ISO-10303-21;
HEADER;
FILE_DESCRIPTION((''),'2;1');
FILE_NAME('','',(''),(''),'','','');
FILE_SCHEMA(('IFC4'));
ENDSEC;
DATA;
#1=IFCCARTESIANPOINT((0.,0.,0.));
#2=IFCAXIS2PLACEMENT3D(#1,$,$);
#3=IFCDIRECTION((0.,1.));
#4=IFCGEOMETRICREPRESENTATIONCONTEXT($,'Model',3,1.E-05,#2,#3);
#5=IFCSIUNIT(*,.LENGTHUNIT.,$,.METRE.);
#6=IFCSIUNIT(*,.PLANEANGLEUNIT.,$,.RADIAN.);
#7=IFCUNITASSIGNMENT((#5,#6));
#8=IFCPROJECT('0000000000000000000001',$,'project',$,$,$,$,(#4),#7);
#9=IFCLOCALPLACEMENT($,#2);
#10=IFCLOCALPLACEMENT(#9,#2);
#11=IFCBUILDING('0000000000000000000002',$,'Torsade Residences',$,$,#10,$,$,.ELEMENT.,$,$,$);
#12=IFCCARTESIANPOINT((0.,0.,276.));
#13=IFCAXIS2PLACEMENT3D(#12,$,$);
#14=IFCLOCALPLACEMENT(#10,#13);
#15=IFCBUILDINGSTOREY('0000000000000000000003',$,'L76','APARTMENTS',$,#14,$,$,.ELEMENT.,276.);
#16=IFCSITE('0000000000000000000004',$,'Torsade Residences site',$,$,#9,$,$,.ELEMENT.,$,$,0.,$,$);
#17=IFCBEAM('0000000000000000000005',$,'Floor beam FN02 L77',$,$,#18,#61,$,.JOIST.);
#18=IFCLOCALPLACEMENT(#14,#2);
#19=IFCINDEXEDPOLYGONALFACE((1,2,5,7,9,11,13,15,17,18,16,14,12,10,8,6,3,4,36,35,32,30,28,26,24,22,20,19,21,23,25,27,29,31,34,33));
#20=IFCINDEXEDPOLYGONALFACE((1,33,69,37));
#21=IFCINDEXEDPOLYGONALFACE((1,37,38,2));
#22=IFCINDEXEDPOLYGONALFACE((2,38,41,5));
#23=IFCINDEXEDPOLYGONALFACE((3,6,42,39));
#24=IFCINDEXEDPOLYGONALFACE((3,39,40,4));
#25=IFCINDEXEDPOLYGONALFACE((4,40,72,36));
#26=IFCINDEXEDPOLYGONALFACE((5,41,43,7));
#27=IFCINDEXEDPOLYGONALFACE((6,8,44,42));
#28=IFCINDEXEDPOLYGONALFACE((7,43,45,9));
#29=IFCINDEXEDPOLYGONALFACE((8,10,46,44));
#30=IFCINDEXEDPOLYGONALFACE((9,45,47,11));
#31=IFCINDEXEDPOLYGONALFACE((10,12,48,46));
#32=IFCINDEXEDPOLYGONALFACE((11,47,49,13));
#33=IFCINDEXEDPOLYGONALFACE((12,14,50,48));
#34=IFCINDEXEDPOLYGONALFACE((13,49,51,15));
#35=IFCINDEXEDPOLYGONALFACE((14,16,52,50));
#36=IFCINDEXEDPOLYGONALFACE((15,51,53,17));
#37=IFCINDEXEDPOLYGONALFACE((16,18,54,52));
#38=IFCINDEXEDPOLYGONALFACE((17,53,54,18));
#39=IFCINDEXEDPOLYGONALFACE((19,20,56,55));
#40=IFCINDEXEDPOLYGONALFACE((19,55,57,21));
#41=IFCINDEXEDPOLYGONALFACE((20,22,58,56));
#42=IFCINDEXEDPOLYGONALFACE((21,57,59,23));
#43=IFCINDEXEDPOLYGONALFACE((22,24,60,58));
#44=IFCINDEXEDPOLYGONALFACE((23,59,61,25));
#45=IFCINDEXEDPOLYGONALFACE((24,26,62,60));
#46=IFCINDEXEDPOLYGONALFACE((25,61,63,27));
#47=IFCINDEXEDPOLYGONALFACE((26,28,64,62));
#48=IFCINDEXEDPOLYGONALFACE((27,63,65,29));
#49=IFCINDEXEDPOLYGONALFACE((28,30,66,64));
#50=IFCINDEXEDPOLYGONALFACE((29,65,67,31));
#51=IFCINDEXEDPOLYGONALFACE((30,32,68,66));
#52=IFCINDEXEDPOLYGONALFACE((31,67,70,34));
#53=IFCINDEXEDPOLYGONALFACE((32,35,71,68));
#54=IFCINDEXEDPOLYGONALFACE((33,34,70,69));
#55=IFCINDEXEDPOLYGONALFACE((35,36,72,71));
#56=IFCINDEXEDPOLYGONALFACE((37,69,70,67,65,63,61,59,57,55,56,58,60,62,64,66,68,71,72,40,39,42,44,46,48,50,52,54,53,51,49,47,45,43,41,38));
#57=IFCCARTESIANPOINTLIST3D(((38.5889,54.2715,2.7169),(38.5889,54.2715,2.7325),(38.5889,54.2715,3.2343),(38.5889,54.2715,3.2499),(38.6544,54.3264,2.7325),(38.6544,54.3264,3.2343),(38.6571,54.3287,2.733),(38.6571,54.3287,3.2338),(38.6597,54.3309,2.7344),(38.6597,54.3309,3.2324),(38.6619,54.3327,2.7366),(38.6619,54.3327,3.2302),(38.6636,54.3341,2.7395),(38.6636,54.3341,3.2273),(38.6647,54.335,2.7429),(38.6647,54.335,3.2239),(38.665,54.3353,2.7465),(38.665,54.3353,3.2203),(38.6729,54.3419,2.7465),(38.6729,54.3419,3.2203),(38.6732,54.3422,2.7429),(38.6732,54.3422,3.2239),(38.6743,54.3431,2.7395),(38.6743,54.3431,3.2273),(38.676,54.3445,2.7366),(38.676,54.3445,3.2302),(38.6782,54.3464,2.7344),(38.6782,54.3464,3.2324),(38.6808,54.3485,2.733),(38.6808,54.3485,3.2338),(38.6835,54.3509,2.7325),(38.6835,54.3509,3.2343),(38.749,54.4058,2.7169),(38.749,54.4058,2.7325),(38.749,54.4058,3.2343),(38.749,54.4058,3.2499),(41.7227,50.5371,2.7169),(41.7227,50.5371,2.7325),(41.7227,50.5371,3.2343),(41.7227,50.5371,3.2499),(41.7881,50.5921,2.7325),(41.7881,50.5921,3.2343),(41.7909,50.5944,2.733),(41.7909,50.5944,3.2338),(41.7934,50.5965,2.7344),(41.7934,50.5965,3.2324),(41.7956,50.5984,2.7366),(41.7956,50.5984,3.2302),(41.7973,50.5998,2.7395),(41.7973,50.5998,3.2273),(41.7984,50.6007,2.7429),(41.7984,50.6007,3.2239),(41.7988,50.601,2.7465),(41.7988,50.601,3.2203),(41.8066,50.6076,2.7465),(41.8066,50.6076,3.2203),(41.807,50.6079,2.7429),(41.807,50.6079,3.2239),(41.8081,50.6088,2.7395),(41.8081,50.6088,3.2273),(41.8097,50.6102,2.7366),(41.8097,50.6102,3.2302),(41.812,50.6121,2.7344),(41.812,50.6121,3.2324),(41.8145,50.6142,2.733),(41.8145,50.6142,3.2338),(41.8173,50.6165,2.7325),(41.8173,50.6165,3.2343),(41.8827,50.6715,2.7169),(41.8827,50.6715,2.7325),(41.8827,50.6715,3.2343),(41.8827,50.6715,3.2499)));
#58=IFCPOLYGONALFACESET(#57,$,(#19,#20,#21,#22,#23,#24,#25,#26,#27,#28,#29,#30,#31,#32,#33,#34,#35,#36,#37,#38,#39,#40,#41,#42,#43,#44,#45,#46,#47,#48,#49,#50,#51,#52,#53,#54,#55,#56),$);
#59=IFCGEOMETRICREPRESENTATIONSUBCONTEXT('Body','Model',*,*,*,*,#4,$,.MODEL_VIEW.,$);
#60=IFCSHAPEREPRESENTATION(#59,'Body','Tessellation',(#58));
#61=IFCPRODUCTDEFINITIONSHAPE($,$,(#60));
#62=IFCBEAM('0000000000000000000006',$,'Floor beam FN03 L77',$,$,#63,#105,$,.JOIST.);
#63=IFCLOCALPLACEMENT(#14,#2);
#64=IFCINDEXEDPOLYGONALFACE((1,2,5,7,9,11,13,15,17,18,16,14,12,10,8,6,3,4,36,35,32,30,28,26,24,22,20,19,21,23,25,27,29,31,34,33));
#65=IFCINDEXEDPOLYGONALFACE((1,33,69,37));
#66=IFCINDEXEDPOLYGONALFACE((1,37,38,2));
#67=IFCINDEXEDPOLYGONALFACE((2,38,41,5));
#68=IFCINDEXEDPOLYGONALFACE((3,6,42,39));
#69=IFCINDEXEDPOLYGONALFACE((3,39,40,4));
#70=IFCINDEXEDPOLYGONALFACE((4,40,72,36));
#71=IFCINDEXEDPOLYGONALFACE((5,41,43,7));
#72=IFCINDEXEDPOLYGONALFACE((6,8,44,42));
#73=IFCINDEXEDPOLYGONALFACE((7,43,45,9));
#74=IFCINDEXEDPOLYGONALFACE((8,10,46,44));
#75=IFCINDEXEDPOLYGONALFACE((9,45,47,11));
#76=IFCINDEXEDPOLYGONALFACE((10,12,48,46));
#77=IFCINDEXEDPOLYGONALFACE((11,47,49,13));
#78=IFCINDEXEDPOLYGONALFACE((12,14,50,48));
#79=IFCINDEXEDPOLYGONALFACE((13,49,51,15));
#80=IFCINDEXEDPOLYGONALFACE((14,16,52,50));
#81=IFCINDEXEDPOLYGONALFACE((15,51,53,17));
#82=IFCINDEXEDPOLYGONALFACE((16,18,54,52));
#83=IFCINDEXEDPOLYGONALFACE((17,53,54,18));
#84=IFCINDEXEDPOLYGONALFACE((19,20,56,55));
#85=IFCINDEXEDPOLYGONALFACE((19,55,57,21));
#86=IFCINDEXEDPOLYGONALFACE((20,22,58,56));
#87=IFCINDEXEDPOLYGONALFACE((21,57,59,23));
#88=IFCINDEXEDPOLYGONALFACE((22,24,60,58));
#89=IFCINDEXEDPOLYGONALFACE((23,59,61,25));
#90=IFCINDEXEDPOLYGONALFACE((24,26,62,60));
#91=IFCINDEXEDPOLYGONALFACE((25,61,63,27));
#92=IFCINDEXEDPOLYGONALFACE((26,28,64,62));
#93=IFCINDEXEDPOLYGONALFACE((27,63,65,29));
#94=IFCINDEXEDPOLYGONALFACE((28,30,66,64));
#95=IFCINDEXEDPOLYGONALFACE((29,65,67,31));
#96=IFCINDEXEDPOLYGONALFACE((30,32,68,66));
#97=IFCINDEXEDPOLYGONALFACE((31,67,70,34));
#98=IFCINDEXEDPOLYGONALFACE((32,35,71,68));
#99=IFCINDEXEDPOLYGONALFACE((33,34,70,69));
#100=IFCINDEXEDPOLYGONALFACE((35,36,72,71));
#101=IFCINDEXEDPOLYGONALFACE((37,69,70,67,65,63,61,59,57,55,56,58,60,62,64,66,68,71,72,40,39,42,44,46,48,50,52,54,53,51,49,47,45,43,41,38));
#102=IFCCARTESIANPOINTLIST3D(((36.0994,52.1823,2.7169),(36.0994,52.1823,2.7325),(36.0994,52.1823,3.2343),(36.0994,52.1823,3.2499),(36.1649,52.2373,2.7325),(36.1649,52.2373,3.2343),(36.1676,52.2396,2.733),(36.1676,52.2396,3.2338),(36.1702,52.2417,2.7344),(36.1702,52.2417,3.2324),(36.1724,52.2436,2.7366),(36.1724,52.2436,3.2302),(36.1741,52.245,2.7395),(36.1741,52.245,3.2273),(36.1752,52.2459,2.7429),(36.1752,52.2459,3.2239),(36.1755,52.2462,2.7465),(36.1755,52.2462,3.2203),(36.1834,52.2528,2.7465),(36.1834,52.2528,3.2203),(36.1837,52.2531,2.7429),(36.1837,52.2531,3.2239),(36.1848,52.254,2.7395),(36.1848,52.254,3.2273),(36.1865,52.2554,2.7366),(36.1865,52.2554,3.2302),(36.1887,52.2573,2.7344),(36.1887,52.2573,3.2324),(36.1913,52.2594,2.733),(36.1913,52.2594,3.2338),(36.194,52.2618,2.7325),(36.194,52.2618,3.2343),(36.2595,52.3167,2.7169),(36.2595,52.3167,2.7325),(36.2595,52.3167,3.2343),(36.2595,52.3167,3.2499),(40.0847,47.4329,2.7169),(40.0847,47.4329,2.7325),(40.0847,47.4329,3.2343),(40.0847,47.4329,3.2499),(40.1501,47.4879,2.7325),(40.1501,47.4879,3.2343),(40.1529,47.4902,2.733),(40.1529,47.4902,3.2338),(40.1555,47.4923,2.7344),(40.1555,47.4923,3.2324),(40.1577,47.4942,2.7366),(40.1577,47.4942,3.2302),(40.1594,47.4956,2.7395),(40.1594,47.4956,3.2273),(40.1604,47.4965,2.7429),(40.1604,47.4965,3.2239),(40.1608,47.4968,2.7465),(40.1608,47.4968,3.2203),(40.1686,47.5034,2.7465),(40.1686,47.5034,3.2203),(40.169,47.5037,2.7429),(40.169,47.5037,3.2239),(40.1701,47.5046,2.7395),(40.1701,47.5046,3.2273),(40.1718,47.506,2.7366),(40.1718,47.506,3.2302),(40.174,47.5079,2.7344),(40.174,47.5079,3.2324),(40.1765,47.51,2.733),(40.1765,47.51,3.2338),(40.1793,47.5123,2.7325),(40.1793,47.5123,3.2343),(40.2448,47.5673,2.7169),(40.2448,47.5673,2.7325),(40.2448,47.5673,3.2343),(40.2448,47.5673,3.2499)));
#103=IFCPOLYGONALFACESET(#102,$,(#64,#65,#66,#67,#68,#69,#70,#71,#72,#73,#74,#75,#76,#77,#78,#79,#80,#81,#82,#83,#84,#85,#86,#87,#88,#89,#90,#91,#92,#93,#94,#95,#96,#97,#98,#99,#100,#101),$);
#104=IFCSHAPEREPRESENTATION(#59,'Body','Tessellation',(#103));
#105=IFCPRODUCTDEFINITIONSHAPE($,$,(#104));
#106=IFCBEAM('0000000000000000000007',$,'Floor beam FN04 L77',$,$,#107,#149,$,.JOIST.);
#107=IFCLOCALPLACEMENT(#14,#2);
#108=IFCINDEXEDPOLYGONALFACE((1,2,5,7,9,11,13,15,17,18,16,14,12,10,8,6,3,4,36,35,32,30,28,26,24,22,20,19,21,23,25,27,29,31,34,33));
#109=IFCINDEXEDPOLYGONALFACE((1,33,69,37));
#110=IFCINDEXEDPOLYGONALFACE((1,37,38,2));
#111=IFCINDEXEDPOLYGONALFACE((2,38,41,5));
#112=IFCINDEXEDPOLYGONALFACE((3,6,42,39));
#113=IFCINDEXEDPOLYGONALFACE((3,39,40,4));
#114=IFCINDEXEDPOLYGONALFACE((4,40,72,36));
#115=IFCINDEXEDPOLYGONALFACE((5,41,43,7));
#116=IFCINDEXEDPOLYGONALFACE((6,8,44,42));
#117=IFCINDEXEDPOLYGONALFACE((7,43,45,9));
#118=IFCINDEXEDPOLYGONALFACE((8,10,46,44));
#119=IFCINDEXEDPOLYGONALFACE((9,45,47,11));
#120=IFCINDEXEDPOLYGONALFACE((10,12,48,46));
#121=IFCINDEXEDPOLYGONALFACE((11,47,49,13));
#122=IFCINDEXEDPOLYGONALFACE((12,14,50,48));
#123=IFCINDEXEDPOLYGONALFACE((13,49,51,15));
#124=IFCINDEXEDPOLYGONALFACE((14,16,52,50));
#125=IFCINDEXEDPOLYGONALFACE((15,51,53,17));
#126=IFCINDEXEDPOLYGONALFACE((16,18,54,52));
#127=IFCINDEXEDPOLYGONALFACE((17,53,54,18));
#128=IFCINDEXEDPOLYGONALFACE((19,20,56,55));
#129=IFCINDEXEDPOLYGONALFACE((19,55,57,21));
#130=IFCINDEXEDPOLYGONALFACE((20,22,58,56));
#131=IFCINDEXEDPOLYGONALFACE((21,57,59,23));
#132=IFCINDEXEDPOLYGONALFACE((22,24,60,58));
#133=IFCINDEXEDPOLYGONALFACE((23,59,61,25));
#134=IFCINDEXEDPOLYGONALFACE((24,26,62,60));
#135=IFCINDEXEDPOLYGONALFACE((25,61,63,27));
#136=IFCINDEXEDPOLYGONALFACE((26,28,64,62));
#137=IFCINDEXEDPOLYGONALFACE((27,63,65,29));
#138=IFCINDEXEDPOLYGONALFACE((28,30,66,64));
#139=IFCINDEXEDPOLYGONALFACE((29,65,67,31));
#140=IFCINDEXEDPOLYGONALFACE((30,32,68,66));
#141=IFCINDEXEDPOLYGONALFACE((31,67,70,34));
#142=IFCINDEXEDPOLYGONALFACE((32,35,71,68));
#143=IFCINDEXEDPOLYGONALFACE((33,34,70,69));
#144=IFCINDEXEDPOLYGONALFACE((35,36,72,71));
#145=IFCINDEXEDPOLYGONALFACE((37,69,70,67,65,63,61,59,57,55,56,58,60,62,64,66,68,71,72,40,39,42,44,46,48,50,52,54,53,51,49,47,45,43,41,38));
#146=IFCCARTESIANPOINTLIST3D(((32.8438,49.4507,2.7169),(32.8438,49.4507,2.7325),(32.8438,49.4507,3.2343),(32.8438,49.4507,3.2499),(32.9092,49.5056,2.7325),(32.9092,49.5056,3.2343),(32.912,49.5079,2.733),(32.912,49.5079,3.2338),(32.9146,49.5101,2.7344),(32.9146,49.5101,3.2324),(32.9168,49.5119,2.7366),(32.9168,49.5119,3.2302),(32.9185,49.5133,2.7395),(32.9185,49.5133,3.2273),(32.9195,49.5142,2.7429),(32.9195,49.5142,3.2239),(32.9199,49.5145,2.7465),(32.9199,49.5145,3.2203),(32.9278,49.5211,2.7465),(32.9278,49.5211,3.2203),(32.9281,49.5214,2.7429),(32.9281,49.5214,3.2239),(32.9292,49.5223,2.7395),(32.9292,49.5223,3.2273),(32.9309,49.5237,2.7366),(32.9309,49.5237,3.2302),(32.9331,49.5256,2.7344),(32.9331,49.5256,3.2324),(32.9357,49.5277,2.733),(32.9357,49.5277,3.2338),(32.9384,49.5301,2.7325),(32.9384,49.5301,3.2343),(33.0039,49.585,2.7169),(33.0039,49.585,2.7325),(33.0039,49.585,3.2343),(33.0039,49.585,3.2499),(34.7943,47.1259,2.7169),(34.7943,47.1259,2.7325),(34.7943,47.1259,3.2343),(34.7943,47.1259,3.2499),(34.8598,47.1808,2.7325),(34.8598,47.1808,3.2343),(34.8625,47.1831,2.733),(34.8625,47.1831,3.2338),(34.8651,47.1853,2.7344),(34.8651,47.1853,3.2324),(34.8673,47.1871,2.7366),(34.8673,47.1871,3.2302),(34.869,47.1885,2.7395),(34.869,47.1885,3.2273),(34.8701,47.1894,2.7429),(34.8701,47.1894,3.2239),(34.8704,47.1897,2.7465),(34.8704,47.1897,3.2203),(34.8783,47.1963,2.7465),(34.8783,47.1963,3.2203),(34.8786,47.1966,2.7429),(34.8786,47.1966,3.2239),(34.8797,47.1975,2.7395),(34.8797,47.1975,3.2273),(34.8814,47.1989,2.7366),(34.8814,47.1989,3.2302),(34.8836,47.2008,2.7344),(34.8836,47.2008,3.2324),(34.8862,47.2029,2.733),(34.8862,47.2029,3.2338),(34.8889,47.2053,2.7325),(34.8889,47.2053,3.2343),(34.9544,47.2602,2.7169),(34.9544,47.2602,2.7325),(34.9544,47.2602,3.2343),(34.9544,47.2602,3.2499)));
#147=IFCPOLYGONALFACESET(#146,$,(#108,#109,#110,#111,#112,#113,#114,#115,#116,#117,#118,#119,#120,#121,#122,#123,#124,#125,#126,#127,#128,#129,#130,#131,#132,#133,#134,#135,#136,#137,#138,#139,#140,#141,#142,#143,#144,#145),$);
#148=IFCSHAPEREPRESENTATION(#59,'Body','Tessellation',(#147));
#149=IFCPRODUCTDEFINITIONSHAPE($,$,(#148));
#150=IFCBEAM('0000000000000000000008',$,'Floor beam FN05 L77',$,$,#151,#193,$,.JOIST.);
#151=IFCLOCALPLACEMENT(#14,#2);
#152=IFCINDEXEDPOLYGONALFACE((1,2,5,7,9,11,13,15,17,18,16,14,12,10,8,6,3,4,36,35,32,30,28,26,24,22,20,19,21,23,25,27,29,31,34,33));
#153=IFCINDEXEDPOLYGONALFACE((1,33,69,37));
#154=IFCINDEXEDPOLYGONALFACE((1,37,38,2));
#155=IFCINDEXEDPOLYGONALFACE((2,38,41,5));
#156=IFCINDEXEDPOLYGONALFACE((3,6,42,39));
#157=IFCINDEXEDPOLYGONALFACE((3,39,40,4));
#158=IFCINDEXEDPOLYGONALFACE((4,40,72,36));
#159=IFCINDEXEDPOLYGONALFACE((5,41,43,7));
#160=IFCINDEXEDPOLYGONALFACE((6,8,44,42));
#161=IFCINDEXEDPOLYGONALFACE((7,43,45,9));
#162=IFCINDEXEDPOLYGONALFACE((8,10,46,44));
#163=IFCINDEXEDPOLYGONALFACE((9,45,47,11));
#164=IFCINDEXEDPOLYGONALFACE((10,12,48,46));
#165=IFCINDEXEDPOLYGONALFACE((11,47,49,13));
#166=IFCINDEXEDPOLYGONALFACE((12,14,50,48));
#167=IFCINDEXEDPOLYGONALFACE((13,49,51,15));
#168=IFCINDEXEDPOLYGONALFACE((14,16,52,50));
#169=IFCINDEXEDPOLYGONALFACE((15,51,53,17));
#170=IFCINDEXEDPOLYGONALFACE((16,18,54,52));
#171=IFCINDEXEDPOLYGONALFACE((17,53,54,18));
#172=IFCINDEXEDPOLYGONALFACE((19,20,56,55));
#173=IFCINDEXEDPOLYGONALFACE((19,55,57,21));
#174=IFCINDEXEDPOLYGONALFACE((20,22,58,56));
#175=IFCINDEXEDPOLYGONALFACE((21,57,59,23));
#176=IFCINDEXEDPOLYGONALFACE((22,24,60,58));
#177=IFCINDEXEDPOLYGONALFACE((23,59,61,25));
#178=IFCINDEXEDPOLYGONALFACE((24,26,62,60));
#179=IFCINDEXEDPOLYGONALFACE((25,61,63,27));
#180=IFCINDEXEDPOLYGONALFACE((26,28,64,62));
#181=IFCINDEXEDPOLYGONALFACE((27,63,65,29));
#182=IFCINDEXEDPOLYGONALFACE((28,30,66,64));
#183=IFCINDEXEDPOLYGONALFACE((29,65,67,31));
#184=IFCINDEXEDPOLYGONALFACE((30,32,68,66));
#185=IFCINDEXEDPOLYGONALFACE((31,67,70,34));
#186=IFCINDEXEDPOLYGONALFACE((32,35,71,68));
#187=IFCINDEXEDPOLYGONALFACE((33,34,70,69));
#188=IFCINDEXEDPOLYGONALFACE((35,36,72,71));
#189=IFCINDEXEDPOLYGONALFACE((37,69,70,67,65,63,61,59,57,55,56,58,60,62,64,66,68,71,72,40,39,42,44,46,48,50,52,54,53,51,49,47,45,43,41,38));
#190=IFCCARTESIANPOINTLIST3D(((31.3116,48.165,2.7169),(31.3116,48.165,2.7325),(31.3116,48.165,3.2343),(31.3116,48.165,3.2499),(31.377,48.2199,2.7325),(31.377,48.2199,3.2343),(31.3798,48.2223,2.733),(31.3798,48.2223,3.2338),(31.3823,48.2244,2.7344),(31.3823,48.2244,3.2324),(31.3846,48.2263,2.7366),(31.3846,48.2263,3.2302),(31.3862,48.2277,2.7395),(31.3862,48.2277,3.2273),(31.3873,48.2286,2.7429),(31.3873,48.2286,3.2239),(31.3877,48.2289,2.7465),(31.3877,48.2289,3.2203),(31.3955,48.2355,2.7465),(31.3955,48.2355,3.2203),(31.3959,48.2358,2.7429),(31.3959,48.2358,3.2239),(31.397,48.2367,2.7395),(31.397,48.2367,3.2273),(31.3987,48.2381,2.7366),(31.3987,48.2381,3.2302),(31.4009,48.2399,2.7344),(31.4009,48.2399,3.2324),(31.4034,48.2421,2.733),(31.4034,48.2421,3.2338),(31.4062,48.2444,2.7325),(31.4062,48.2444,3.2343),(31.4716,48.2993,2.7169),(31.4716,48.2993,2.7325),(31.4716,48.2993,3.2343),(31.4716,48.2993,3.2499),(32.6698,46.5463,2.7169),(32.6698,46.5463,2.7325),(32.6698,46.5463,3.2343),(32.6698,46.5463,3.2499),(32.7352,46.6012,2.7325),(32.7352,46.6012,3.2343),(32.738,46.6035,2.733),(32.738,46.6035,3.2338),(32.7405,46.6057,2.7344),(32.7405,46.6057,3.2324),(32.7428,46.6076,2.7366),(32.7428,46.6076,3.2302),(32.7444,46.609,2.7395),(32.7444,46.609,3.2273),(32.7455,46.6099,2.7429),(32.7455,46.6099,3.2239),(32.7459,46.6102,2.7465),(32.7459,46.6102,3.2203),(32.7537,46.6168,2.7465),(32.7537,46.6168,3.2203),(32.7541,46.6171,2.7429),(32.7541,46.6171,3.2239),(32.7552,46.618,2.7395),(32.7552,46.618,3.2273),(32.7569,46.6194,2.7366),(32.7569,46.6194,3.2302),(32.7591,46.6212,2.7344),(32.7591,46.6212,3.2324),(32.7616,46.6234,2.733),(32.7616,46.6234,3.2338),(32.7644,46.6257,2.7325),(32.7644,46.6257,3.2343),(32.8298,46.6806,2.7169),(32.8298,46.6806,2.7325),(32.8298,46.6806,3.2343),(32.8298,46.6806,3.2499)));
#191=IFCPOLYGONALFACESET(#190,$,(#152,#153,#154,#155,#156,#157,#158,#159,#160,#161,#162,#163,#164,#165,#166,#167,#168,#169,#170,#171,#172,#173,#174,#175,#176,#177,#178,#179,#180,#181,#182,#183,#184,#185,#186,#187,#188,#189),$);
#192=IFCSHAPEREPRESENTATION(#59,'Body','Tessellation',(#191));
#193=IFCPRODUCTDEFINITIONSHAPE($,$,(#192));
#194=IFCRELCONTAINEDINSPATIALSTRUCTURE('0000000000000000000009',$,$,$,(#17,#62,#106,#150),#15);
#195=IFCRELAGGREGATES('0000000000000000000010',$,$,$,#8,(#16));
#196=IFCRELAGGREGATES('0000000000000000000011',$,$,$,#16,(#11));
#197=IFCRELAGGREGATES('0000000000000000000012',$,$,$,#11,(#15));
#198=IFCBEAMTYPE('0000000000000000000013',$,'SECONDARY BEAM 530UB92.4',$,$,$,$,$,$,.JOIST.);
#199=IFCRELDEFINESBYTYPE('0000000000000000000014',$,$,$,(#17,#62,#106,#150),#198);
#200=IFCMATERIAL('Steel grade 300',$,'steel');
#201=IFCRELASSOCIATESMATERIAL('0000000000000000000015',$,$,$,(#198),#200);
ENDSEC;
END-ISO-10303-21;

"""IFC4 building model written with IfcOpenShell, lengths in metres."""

from ifc_helpers import new_model, si_unit, direction, frame, origin, origin_2d, place, context, subcontext, project, spatial, i_section, extrude, material, material_profile, profile_set, type_object, element, save


model = new_model("IFC4")

# Units and contexts
model_context = context("Model", 3, precision=1e-05, world=origin(), true_north=direction((0.0, 1.0)))
body_context = subcontext(model_context, "Body", "Model", "MODEL_VIEW")
ifc_project = project(units=[si_unit("LENGTHUNIT", "METRE"), si_unit("PLANEANGLEUNIT", "RADIAN")], contexts=[model_context])

# Site, building, storey
site_placement = place(None, origin())
site = spatial("IfcSite", under=ifc_project, at=site_placement, Name="Torsade Residences site", CompositionType="ELEMENT", RefElevation=0.0)
building_placement = place(site_placement, origin())
building = spatial("IfcBuilding", under=site, at=building_placement, Name="Torsade Residences", CompositionType="ELEMENT")
storey_placement = place(building_placement, frame((0.0, 0.0, 276.0)))
storey = spatial("IfcBuildingStorey", under=building, at=storey_placement, Name="L76", Description="APARTMENTS", CompositionType="ELEMENT", Elevation=276.0)

# Beams
ifc_material_1 = material(Name="Steel grade 300", Category="steel")
ifc_material_profile_1 = material_profile(ifc_material_1, i_section(OverallWidth=0.209, OverallDepth=0.533, WebThickness=0.0103, FlangeThickness=0.0156, FilletRadius=0.0139, at=origin_2d()), Name="530UB92.4")
ifc_profile_set_1 = profile_set([ifc_material_profile_1], Name="Steel grade 300")
beam_type_1 = type_object("IfcBeamType", Name="SECONDARY BEAM 530UB92.4", PredefinedType="JOIST", material=ifc_profile_set_1)
beam_1_placement = place(storey_placement, frame((38.6689, 54.3386, 2.9834), z_axis=(0.642821, -0.766017, 0.0), x_axis=(0.766017, 0.642821, 0.0)))
element("IfcBeam", 1, at=beam_1_placement, inside=storey, type_object=beam_type_1, Name="Floor beam FN02 L77", PredefinedType="JOIST", context=body_context, shape_type="SweptSolid", body=[
    extrude(i_section(OverallWidth=0.209, OverallDepth=0.533, WebThickness=0.0103, FlangeThickness=0.0156, FilletRadius=0.0139, at=origin_2d()), origin(), (0.0, 0.0, 1.0), 4.875),
])
beam_2_placement = place(storey_placement, frame((36.1794, 52.2495, 2.9834), z_axis=(0.642791, -0.766041, 0.0), x_axis=(0.766041, 0.642791, 0.0)))
element("IfcBeam", 2, at=beam_2_placement, inside=storey, type_object=beam_type_1, Name="Floor beam FN03 L77", PredefinedType="JOIST", context=body_context, shape_type="SweptSolid", body=[
    extrude(i_section(OverallWidth=0.209, OverallDepth=0.533, WebThickness=0.0103, FlangeThickness=0.0156, FilletRadius=0.0139, at=origin_2d()), origin(), (0.0, 0.0, 1.0), 6.2),
])
beam_3_placement = place(storey_placement, frame((32.9238, 49.5178, 2.9834), z_axis=(0.642745, -0.76608, 0.0), x_axis=(0.76608, 0.642745, 0.0)))
element("IfcBeam", 3, at=beam_3_placement, inside=storey, type_object=beam_type_1, Name="Floor beam FN04 L77", PredefinedType="JOIST", context=body_context, shape_type="SweptSolid", body=[
    extrude(i_section(OverallWidth=0.209, OverallDepth=0.533, WebThickness=0.0103, FlangeThickness=0.0156, FilletRadius=0.0139, at=origin_2d()), origin(), (0.0, 0.0, 1.0), 3.0347),
])
beam_4_placement = place(storey_placement, frame((31.3916, 48.2322, 2.9834), z_axis=(0.642772, -0.766058, 0.0), x_axis=(0.766058, 0.642772, 0.0)))
element("IfcBeam", 4, at=beam_4_placement, inside=storey, type_object=beam_type_1, Name="Floor beam FN05 L77", PredefinedType="JOIST", context=body_context, shape_type="SweptSolid", body=[
    extrude(i_section(OverallWidth=0.209, OverallDepth=0.533, WebThickness=0.0103, FlangeThickness=0.0156, FilletRadius=0.0139, at=origin_2d()), origin(), (0.0, 0.0, 1.0), 2.113),
])

save(model, "model.ifc")
